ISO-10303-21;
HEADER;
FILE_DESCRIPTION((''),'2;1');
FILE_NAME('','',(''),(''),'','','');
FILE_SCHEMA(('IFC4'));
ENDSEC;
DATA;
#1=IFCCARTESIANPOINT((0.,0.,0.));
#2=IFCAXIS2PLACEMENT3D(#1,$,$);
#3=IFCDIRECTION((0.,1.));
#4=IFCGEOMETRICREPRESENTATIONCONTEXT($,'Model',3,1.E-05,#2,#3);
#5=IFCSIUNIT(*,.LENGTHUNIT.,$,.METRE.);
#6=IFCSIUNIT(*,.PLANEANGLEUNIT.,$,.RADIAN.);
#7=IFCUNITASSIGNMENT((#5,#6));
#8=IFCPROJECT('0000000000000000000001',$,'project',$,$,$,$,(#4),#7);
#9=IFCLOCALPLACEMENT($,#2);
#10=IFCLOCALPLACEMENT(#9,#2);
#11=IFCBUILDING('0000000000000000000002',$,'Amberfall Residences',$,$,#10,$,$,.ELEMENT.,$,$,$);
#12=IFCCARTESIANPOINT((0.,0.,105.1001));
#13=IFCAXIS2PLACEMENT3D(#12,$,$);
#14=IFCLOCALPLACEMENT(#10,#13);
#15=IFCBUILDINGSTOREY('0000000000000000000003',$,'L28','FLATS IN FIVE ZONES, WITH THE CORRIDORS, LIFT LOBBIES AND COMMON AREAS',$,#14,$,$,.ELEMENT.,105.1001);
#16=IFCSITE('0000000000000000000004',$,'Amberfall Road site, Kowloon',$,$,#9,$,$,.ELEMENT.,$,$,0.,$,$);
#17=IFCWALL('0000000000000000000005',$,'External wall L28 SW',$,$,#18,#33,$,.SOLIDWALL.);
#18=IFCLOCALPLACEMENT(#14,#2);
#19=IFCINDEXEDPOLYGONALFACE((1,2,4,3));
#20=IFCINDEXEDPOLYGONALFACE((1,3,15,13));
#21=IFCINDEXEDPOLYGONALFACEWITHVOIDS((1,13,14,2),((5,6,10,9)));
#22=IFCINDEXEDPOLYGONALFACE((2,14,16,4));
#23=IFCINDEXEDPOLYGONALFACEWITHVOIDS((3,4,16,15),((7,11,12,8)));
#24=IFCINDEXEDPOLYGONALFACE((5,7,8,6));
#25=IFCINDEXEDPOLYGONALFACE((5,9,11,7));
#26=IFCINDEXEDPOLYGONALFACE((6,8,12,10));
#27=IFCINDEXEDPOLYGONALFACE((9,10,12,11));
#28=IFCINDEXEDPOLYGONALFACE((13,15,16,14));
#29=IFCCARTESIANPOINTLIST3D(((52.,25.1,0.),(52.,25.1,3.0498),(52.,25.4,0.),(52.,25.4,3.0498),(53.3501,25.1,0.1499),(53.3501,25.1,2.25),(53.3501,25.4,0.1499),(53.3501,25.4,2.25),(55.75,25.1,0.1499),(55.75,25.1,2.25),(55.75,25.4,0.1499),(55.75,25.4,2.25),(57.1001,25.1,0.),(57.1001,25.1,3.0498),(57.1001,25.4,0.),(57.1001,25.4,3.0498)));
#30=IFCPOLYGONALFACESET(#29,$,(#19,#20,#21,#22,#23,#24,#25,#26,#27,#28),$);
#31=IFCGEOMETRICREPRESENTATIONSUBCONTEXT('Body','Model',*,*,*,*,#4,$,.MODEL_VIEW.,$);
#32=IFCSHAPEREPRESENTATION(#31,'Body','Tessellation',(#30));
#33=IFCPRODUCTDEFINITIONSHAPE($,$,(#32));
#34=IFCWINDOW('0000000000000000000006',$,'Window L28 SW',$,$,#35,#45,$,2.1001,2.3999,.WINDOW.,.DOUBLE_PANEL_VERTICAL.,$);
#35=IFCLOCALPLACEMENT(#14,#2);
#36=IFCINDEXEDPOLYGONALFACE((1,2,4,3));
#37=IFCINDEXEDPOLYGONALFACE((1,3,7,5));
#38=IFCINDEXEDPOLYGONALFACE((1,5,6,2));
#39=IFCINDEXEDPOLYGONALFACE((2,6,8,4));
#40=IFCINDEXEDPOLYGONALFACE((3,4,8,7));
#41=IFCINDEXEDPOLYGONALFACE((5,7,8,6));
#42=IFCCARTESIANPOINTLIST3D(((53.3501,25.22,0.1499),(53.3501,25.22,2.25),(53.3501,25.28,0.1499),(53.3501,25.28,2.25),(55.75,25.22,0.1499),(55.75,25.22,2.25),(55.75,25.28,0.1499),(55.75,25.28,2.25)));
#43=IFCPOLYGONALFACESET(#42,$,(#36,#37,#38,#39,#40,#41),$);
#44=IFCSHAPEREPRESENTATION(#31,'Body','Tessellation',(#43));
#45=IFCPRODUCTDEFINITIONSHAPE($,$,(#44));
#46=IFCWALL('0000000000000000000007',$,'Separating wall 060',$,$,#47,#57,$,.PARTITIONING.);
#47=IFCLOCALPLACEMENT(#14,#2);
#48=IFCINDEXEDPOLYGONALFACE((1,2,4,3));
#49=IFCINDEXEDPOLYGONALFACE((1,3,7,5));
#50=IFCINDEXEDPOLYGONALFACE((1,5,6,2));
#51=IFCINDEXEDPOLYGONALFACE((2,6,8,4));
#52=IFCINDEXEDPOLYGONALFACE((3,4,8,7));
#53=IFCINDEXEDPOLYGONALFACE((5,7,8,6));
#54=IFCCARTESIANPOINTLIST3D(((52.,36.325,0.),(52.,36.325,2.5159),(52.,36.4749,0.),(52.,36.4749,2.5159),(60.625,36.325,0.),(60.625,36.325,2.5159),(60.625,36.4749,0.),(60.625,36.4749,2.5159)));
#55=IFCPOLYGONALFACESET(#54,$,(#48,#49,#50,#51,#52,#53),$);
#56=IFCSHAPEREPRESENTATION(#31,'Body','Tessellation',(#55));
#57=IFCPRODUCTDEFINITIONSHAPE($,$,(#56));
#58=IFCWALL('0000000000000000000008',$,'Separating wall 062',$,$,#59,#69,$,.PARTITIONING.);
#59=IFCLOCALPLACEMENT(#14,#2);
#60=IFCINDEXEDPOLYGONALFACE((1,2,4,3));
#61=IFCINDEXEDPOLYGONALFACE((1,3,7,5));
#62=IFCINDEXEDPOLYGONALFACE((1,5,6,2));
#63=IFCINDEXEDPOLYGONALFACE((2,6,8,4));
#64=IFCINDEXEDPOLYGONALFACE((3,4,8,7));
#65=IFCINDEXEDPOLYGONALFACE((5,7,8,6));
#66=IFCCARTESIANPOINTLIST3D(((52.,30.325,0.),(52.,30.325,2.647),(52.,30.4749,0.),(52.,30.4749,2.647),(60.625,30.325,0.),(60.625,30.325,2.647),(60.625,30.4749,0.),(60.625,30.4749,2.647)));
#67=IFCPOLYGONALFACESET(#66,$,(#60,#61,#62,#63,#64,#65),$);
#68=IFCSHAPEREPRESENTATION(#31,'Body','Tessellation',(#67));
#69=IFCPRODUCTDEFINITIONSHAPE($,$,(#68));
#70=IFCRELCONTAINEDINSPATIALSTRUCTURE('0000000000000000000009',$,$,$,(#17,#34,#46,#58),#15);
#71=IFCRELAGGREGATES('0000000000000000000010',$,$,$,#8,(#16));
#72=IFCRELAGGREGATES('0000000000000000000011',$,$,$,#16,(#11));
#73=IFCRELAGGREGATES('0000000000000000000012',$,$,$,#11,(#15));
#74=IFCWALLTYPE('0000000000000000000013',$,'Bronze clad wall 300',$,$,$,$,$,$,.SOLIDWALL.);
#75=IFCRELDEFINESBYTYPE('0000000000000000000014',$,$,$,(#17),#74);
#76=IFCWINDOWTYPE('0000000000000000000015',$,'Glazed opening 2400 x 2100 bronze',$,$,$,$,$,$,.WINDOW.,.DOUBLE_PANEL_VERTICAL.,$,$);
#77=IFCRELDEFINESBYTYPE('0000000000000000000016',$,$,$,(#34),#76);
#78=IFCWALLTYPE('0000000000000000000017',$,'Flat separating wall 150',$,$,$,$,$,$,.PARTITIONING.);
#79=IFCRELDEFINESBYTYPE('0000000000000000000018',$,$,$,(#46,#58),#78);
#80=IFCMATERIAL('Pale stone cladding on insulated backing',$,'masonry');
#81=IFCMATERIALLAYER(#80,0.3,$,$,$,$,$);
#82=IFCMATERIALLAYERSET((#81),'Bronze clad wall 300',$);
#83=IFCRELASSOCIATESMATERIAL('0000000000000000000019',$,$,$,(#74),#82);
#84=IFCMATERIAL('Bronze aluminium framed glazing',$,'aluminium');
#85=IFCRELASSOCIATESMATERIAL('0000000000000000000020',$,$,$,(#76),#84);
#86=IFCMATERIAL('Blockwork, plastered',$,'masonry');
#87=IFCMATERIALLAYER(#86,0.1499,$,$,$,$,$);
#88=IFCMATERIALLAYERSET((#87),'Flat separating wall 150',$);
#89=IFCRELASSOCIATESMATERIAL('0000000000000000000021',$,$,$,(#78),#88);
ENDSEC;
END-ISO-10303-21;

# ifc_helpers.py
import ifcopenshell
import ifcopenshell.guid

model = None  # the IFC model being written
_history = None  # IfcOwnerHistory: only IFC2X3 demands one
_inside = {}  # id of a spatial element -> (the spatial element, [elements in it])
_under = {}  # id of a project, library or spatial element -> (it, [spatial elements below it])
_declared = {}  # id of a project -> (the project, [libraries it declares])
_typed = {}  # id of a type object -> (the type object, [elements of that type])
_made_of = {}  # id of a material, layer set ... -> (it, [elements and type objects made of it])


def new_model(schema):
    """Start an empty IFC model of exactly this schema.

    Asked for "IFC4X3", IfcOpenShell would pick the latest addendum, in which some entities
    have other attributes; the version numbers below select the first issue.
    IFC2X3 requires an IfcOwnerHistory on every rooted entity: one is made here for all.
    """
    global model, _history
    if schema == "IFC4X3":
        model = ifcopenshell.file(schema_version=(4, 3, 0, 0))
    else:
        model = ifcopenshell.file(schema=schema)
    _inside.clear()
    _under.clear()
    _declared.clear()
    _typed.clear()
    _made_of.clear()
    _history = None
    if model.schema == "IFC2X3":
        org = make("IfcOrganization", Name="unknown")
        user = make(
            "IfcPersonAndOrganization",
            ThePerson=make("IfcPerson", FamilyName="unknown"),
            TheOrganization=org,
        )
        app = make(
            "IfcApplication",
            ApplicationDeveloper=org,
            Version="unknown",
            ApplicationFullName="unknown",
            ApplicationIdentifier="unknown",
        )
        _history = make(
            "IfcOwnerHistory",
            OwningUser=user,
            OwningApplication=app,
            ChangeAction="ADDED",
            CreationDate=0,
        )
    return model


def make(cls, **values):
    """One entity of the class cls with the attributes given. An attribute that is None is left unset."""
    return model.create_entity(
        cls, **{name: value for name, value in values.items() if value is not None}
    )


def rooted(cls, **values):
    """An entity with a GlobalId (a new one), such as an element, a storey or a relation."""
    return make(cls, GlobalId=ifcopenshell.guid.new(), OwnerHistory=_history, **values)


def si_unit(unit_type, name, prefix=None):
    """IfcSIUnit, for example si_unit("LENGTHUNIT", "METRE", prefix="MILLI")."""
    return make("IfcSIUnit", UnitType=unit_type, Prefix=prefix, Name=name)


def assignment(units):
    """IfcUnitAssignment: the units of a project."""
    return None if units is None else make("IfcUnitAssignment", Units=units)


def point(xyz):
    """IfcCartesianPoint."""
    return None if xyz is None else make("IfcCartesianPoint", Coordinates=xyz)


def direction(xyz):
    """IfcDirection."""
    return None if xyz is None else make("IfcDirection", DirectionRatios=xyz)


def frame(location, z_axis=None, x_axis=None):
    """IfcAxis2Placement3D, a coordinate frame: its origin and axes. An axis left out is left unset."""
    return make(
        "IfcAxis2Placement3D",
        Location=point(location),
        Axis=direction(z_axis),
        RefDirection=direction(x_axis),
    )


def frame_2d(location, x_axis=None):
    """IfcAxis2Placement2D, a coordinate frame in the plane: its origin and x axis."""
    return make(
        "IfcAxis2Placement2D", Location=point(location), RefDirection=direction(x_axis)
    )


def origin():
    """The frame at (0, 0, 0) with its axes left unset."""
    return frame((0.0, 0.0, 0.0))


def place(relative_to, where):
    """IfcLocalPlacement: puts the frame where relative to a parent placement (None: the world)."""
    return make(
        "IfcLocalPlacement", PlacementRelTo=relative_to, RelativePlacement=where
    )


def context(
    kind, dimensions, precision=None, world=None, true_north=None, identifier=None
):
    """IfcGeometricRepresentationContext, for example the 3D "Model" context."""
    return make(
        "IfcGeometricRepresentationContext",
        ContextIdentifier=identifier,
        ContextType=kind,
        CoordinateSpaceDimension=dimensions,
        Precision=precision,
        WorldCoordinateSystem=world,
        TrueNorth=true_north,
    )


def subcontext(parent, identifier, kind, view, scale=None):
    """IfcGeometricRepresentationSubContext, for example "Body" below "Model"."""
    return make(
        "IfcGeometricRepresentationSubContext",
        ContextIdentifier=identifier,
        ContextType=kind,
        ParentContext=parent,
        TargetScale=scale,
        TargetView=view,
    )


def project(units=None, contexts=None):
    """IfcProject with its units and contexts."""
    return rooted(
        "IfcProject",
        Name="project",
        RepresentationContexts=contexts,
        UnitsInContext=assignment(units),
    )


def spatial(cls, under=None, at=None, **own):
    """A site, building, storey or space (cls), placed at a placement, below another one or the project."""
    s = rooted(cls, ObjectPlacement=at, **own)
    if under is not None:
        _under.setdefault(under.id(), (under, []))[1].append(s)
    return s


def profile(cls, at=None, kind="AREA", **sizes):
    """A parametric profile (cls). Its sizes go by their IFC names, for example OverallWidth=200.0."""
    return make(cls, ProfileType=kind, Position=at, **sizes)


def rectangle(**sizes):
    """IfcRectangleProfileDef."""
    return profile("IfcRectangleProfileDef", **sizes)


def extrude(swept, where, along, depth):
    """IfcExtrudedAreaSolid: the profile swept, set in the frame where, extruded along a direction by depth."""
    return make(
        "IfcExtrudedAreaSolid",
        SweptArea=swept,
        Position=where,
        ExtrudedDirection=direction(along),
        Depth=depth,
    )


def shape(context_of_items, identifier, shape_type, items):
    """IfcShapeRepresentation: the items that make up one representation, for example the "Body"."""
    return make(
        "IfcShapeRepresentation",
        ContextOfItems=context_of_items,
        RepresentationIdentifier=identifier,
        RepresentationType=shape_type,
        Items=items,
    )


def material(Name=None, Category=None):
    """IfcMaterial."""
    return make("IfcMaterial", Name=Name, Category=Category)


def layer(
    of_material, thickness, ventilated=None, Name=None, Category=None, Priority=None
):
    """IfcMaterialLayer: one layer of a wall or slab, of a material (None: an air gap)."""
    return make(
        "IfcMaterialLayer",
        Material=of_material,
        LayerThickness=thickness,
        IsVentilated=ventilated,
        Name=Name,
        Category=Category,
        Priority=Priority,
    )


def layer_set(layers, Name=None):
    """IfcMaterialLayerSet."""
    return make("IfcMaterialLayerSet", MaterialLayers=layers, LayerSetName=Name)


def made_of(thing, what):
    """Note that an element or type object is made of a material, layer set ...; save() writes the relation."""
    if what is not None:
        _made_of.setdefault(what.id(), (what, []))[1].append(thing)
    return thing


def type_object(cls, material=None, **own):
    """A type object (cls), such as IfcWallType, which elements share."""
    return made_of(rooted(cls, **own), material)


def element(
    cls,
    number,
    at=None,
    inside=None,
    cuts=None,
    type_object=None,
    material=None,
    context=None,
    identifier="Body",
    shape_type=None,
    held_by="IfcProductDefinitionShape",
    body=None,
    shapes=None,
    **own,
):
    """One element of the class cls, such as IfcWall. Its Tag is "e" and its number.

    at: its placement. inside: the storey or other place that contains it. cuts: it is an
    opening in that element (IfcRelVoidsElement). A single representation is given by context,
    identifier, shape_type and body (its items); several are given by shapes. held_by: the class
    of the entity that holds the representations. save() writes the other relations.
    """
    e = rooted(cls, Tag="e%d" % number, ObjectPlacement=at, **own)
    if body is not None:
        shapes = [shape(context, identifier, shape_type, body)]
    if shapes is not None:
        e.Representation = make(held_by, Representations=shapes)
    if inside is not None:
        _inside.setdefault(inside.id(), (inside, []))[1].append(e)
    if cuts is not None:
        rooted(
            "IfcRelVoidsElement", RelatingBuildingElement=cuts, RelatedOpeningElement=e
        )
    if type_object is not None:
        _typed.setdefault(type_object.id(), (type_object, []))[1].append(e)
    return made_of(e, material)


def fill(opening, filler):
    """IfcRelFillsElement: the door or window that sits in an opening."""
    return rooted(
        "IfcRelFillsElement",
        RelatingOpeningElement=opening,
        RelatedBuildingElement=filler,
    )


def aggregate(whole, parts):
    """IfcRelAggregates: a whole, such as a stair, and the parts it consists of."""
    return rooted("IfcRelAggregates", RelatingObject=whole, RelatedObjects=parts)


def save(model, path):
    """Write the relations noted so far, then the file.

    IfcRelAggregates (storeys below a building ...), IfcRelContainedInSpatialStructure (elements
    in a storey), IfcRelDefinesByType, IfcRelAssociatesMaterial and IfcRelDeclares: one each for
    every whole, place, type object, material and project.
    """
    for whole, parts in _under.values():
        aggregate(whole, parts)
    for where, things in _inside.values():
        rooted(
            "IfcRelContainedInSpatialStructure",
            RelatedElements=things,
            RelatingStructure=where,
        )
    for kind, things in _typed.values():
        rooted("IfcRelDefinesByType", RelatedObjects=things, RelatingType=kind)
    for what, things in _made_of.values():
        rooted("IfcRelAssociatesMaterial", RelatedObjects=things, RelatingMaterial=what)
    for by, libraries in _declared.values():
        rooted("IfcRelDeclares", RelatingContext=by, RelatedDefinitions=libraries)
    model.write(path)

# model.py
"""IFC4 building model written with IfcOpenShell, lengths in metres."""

from ifc_helpers import new_model, si_unit, direction, frame, frame_2d, origin, place, context, subcontext, project, spatial, rectangle, extrude, material, layer, layer_set, type_object, element, fill, save


model = new_model("IFC4")

# Units and contexts
model_context = context("Model", 3, precision=1e-05, world=origin(), true_north=direction((0.0, 1.0)))
body_context = subcontext(model_context, "Body", "Model", "MODEL_VIEW")
ifc_project = project(units=[si_unit("LENGTHUNIT", "METRE"), si_unit("PLANEANGLEUNIT", "RADIAN")], contexts=[model_context])

# Site, building, storey
site_placement = place(None, origin())
site = spatial("IfcSite", under=ifc_project, at=site_placement, Name="Amberfall Road site, Kowloon", CompositionType="ELEMENT", RefElevation=0.0)
building_placement = place(site_placement, origin())
building = spatial("IfcBuilding", under=site, at=building_placement, Name="Amberfall Residences", CompositionType="ELEMENT")
storey_placement = place(building_placement, frame((0.0, 0.0, 105.1001)))
storey = spatial("IfcBuildingStorey", under=building, at=storey_placement, Name="L28", Description="FLATS IN FIVE ZONES, WITH THE CORRIDORS, LIFT LOBBIES AND COMMON AREAS", CompositionType="ELEMENT", Elevation=105.1001)

# Wall, opening, window
ifc_material_1 = material(Name="Pale stone cladding on insulated backing", Category="masonry")
ifc_layer_1 = layer(ifc_material_1, 0.3)
ifc_layer_set_1 = layer_set([ifc_layer_1], Name="Bronze clad wall 300")
wall_type_1 = type_object("IfcWallType", Name="Bronze clad wall 300", PredefinedType="SOLIDWALL", material=ifc_layer_set_1)
wall_1_placement = place(storey_placement, frame((52.0, 25.25, 0.0), z_axis=(0.0, 0.0, 1.0), x_axis=(1.0, 0.0, 0.0)))
wall_1 = element("IfcWall", 1, at=wall_1_placement, inside=storey, type_object=wall_type_1, Name="External wall L28 SW", PredefinedType="SOLIDWALL", context=body_context, shape_type="SweptSolid", body=[
    extrude(rectangle(XDim=5.1001, YDim=0.3, at=frame_2d((2.55, 0.0))), origin(), (0.0, 0.0, 1.0), 3.0498),
])
opening_placement = place(wall_1_placement, frame((1.3501, 0.0, 0.1499)))
opening = element("IfcOpeningElement", 2, at=opening_placement, cuts=wall_1, PredefinedType="OPENING", context=body_context, shape_type="SweptSolid", body=[
    extrude(rectangle(XDim=2.3999, YDim=2.1001, at=frame_2d((1.2, 1.05))), frame((0.0, 0.1599, 0.0), z_axis=(0.0, -1.0, 0.0), x_axis=(1.0, 0.0, 0.0)), (0.0, 0.0, 1.0), 0.3201),
])
ifc_material_2 = material(Name="Bronze aluminium framed glazing", Category="aluminium")
window_type = type_object("IfcWindowType", Name="Glazed opening 2400 x 2100 bronze", PartitioningType="DOUBLE_PANEL_VERTICAL", PredefinedType="WINDOW", material=ifc_material_2)
window_placement = place(opening_placement, origin())
window = element("IfcWindow", 3, at=window_placement, inside=storey, type_object=window_type, Name="Window L28 SW", OverallHeight=2.1001, OverallWidth=2.3999, PartitioningType="DOUBLE_PANEL_VERTICAL", PredefinedType="WINDOW", context=body_context, shape_type="SweptSolid", body=[
    extrude(rectangle(XDim=2.3999, YDim=2.1001, at=frame_2d((1.2, 1.05))), frame((0.0, 0.03, 0.0), z_axis=(0.0, -1.0, 0.0), x_axis=(1.0, 0.0, 0.0)), (0.0, 0.0, 1.0), 0.0601),
])
fill(opening, window)

# Walls
ifc_material_3 = material(Name="Blockwork, plastered", Category="masonry")
ifc_layer_2 = layer(ifc_material_3, 0.1499)
ifc_layer_set_2 = layer_set([ifc_layer_2], Name="Flat separating wall 150")
wall_type_2 = type_object("IfcWallType", Name="Flat separating wall 150", PredefinedType="PARTITIONING", material=ifc_layer_set_2)
wall_2_placement = place(storey_placement, frame((52.0, 36.3999, 0.0), z_axis=(0.0, 0.0, 1.0), x_axis=(1.0, 0.0, 0.0)))
element("IfcWall", 4, at=wall_2_placement, inside=storey, type_object=wall_type_2, Name="Separating wall 060", PredefinedType="PARTITIONING", context=body_context, shape_type="SweptSolid", body=[
    extrude(rectangle(XDim=8.625, YDim=0.1499, at=frame_2d((4.3125, 0.0))), origin(), (0.0, 0.0, 1.0), 2.5159),
])
wall_3_placement = place(storey_placement, frame((52.0, 30.3999, 0.0), z_axis=(0.0, 0.0, 1.0), x_axis=(1.0, 0.0, 0.0)))
element("IfcWall", 5, at=wall_3_placement, inside=storey, type_object=wall_type_2, Name="Separating wall 062", PredefinedType="PARTITIONING", context=body_context, shape_type="SweptSolid", body=[
    extrude(rectangle(XDim=8.625, YDim=0.1499, at=frame_2d((4.3125, 0.0))), origin(), (0.0, 0.0, 1.0), 2.647),
])

save(model, "model.ifc")
